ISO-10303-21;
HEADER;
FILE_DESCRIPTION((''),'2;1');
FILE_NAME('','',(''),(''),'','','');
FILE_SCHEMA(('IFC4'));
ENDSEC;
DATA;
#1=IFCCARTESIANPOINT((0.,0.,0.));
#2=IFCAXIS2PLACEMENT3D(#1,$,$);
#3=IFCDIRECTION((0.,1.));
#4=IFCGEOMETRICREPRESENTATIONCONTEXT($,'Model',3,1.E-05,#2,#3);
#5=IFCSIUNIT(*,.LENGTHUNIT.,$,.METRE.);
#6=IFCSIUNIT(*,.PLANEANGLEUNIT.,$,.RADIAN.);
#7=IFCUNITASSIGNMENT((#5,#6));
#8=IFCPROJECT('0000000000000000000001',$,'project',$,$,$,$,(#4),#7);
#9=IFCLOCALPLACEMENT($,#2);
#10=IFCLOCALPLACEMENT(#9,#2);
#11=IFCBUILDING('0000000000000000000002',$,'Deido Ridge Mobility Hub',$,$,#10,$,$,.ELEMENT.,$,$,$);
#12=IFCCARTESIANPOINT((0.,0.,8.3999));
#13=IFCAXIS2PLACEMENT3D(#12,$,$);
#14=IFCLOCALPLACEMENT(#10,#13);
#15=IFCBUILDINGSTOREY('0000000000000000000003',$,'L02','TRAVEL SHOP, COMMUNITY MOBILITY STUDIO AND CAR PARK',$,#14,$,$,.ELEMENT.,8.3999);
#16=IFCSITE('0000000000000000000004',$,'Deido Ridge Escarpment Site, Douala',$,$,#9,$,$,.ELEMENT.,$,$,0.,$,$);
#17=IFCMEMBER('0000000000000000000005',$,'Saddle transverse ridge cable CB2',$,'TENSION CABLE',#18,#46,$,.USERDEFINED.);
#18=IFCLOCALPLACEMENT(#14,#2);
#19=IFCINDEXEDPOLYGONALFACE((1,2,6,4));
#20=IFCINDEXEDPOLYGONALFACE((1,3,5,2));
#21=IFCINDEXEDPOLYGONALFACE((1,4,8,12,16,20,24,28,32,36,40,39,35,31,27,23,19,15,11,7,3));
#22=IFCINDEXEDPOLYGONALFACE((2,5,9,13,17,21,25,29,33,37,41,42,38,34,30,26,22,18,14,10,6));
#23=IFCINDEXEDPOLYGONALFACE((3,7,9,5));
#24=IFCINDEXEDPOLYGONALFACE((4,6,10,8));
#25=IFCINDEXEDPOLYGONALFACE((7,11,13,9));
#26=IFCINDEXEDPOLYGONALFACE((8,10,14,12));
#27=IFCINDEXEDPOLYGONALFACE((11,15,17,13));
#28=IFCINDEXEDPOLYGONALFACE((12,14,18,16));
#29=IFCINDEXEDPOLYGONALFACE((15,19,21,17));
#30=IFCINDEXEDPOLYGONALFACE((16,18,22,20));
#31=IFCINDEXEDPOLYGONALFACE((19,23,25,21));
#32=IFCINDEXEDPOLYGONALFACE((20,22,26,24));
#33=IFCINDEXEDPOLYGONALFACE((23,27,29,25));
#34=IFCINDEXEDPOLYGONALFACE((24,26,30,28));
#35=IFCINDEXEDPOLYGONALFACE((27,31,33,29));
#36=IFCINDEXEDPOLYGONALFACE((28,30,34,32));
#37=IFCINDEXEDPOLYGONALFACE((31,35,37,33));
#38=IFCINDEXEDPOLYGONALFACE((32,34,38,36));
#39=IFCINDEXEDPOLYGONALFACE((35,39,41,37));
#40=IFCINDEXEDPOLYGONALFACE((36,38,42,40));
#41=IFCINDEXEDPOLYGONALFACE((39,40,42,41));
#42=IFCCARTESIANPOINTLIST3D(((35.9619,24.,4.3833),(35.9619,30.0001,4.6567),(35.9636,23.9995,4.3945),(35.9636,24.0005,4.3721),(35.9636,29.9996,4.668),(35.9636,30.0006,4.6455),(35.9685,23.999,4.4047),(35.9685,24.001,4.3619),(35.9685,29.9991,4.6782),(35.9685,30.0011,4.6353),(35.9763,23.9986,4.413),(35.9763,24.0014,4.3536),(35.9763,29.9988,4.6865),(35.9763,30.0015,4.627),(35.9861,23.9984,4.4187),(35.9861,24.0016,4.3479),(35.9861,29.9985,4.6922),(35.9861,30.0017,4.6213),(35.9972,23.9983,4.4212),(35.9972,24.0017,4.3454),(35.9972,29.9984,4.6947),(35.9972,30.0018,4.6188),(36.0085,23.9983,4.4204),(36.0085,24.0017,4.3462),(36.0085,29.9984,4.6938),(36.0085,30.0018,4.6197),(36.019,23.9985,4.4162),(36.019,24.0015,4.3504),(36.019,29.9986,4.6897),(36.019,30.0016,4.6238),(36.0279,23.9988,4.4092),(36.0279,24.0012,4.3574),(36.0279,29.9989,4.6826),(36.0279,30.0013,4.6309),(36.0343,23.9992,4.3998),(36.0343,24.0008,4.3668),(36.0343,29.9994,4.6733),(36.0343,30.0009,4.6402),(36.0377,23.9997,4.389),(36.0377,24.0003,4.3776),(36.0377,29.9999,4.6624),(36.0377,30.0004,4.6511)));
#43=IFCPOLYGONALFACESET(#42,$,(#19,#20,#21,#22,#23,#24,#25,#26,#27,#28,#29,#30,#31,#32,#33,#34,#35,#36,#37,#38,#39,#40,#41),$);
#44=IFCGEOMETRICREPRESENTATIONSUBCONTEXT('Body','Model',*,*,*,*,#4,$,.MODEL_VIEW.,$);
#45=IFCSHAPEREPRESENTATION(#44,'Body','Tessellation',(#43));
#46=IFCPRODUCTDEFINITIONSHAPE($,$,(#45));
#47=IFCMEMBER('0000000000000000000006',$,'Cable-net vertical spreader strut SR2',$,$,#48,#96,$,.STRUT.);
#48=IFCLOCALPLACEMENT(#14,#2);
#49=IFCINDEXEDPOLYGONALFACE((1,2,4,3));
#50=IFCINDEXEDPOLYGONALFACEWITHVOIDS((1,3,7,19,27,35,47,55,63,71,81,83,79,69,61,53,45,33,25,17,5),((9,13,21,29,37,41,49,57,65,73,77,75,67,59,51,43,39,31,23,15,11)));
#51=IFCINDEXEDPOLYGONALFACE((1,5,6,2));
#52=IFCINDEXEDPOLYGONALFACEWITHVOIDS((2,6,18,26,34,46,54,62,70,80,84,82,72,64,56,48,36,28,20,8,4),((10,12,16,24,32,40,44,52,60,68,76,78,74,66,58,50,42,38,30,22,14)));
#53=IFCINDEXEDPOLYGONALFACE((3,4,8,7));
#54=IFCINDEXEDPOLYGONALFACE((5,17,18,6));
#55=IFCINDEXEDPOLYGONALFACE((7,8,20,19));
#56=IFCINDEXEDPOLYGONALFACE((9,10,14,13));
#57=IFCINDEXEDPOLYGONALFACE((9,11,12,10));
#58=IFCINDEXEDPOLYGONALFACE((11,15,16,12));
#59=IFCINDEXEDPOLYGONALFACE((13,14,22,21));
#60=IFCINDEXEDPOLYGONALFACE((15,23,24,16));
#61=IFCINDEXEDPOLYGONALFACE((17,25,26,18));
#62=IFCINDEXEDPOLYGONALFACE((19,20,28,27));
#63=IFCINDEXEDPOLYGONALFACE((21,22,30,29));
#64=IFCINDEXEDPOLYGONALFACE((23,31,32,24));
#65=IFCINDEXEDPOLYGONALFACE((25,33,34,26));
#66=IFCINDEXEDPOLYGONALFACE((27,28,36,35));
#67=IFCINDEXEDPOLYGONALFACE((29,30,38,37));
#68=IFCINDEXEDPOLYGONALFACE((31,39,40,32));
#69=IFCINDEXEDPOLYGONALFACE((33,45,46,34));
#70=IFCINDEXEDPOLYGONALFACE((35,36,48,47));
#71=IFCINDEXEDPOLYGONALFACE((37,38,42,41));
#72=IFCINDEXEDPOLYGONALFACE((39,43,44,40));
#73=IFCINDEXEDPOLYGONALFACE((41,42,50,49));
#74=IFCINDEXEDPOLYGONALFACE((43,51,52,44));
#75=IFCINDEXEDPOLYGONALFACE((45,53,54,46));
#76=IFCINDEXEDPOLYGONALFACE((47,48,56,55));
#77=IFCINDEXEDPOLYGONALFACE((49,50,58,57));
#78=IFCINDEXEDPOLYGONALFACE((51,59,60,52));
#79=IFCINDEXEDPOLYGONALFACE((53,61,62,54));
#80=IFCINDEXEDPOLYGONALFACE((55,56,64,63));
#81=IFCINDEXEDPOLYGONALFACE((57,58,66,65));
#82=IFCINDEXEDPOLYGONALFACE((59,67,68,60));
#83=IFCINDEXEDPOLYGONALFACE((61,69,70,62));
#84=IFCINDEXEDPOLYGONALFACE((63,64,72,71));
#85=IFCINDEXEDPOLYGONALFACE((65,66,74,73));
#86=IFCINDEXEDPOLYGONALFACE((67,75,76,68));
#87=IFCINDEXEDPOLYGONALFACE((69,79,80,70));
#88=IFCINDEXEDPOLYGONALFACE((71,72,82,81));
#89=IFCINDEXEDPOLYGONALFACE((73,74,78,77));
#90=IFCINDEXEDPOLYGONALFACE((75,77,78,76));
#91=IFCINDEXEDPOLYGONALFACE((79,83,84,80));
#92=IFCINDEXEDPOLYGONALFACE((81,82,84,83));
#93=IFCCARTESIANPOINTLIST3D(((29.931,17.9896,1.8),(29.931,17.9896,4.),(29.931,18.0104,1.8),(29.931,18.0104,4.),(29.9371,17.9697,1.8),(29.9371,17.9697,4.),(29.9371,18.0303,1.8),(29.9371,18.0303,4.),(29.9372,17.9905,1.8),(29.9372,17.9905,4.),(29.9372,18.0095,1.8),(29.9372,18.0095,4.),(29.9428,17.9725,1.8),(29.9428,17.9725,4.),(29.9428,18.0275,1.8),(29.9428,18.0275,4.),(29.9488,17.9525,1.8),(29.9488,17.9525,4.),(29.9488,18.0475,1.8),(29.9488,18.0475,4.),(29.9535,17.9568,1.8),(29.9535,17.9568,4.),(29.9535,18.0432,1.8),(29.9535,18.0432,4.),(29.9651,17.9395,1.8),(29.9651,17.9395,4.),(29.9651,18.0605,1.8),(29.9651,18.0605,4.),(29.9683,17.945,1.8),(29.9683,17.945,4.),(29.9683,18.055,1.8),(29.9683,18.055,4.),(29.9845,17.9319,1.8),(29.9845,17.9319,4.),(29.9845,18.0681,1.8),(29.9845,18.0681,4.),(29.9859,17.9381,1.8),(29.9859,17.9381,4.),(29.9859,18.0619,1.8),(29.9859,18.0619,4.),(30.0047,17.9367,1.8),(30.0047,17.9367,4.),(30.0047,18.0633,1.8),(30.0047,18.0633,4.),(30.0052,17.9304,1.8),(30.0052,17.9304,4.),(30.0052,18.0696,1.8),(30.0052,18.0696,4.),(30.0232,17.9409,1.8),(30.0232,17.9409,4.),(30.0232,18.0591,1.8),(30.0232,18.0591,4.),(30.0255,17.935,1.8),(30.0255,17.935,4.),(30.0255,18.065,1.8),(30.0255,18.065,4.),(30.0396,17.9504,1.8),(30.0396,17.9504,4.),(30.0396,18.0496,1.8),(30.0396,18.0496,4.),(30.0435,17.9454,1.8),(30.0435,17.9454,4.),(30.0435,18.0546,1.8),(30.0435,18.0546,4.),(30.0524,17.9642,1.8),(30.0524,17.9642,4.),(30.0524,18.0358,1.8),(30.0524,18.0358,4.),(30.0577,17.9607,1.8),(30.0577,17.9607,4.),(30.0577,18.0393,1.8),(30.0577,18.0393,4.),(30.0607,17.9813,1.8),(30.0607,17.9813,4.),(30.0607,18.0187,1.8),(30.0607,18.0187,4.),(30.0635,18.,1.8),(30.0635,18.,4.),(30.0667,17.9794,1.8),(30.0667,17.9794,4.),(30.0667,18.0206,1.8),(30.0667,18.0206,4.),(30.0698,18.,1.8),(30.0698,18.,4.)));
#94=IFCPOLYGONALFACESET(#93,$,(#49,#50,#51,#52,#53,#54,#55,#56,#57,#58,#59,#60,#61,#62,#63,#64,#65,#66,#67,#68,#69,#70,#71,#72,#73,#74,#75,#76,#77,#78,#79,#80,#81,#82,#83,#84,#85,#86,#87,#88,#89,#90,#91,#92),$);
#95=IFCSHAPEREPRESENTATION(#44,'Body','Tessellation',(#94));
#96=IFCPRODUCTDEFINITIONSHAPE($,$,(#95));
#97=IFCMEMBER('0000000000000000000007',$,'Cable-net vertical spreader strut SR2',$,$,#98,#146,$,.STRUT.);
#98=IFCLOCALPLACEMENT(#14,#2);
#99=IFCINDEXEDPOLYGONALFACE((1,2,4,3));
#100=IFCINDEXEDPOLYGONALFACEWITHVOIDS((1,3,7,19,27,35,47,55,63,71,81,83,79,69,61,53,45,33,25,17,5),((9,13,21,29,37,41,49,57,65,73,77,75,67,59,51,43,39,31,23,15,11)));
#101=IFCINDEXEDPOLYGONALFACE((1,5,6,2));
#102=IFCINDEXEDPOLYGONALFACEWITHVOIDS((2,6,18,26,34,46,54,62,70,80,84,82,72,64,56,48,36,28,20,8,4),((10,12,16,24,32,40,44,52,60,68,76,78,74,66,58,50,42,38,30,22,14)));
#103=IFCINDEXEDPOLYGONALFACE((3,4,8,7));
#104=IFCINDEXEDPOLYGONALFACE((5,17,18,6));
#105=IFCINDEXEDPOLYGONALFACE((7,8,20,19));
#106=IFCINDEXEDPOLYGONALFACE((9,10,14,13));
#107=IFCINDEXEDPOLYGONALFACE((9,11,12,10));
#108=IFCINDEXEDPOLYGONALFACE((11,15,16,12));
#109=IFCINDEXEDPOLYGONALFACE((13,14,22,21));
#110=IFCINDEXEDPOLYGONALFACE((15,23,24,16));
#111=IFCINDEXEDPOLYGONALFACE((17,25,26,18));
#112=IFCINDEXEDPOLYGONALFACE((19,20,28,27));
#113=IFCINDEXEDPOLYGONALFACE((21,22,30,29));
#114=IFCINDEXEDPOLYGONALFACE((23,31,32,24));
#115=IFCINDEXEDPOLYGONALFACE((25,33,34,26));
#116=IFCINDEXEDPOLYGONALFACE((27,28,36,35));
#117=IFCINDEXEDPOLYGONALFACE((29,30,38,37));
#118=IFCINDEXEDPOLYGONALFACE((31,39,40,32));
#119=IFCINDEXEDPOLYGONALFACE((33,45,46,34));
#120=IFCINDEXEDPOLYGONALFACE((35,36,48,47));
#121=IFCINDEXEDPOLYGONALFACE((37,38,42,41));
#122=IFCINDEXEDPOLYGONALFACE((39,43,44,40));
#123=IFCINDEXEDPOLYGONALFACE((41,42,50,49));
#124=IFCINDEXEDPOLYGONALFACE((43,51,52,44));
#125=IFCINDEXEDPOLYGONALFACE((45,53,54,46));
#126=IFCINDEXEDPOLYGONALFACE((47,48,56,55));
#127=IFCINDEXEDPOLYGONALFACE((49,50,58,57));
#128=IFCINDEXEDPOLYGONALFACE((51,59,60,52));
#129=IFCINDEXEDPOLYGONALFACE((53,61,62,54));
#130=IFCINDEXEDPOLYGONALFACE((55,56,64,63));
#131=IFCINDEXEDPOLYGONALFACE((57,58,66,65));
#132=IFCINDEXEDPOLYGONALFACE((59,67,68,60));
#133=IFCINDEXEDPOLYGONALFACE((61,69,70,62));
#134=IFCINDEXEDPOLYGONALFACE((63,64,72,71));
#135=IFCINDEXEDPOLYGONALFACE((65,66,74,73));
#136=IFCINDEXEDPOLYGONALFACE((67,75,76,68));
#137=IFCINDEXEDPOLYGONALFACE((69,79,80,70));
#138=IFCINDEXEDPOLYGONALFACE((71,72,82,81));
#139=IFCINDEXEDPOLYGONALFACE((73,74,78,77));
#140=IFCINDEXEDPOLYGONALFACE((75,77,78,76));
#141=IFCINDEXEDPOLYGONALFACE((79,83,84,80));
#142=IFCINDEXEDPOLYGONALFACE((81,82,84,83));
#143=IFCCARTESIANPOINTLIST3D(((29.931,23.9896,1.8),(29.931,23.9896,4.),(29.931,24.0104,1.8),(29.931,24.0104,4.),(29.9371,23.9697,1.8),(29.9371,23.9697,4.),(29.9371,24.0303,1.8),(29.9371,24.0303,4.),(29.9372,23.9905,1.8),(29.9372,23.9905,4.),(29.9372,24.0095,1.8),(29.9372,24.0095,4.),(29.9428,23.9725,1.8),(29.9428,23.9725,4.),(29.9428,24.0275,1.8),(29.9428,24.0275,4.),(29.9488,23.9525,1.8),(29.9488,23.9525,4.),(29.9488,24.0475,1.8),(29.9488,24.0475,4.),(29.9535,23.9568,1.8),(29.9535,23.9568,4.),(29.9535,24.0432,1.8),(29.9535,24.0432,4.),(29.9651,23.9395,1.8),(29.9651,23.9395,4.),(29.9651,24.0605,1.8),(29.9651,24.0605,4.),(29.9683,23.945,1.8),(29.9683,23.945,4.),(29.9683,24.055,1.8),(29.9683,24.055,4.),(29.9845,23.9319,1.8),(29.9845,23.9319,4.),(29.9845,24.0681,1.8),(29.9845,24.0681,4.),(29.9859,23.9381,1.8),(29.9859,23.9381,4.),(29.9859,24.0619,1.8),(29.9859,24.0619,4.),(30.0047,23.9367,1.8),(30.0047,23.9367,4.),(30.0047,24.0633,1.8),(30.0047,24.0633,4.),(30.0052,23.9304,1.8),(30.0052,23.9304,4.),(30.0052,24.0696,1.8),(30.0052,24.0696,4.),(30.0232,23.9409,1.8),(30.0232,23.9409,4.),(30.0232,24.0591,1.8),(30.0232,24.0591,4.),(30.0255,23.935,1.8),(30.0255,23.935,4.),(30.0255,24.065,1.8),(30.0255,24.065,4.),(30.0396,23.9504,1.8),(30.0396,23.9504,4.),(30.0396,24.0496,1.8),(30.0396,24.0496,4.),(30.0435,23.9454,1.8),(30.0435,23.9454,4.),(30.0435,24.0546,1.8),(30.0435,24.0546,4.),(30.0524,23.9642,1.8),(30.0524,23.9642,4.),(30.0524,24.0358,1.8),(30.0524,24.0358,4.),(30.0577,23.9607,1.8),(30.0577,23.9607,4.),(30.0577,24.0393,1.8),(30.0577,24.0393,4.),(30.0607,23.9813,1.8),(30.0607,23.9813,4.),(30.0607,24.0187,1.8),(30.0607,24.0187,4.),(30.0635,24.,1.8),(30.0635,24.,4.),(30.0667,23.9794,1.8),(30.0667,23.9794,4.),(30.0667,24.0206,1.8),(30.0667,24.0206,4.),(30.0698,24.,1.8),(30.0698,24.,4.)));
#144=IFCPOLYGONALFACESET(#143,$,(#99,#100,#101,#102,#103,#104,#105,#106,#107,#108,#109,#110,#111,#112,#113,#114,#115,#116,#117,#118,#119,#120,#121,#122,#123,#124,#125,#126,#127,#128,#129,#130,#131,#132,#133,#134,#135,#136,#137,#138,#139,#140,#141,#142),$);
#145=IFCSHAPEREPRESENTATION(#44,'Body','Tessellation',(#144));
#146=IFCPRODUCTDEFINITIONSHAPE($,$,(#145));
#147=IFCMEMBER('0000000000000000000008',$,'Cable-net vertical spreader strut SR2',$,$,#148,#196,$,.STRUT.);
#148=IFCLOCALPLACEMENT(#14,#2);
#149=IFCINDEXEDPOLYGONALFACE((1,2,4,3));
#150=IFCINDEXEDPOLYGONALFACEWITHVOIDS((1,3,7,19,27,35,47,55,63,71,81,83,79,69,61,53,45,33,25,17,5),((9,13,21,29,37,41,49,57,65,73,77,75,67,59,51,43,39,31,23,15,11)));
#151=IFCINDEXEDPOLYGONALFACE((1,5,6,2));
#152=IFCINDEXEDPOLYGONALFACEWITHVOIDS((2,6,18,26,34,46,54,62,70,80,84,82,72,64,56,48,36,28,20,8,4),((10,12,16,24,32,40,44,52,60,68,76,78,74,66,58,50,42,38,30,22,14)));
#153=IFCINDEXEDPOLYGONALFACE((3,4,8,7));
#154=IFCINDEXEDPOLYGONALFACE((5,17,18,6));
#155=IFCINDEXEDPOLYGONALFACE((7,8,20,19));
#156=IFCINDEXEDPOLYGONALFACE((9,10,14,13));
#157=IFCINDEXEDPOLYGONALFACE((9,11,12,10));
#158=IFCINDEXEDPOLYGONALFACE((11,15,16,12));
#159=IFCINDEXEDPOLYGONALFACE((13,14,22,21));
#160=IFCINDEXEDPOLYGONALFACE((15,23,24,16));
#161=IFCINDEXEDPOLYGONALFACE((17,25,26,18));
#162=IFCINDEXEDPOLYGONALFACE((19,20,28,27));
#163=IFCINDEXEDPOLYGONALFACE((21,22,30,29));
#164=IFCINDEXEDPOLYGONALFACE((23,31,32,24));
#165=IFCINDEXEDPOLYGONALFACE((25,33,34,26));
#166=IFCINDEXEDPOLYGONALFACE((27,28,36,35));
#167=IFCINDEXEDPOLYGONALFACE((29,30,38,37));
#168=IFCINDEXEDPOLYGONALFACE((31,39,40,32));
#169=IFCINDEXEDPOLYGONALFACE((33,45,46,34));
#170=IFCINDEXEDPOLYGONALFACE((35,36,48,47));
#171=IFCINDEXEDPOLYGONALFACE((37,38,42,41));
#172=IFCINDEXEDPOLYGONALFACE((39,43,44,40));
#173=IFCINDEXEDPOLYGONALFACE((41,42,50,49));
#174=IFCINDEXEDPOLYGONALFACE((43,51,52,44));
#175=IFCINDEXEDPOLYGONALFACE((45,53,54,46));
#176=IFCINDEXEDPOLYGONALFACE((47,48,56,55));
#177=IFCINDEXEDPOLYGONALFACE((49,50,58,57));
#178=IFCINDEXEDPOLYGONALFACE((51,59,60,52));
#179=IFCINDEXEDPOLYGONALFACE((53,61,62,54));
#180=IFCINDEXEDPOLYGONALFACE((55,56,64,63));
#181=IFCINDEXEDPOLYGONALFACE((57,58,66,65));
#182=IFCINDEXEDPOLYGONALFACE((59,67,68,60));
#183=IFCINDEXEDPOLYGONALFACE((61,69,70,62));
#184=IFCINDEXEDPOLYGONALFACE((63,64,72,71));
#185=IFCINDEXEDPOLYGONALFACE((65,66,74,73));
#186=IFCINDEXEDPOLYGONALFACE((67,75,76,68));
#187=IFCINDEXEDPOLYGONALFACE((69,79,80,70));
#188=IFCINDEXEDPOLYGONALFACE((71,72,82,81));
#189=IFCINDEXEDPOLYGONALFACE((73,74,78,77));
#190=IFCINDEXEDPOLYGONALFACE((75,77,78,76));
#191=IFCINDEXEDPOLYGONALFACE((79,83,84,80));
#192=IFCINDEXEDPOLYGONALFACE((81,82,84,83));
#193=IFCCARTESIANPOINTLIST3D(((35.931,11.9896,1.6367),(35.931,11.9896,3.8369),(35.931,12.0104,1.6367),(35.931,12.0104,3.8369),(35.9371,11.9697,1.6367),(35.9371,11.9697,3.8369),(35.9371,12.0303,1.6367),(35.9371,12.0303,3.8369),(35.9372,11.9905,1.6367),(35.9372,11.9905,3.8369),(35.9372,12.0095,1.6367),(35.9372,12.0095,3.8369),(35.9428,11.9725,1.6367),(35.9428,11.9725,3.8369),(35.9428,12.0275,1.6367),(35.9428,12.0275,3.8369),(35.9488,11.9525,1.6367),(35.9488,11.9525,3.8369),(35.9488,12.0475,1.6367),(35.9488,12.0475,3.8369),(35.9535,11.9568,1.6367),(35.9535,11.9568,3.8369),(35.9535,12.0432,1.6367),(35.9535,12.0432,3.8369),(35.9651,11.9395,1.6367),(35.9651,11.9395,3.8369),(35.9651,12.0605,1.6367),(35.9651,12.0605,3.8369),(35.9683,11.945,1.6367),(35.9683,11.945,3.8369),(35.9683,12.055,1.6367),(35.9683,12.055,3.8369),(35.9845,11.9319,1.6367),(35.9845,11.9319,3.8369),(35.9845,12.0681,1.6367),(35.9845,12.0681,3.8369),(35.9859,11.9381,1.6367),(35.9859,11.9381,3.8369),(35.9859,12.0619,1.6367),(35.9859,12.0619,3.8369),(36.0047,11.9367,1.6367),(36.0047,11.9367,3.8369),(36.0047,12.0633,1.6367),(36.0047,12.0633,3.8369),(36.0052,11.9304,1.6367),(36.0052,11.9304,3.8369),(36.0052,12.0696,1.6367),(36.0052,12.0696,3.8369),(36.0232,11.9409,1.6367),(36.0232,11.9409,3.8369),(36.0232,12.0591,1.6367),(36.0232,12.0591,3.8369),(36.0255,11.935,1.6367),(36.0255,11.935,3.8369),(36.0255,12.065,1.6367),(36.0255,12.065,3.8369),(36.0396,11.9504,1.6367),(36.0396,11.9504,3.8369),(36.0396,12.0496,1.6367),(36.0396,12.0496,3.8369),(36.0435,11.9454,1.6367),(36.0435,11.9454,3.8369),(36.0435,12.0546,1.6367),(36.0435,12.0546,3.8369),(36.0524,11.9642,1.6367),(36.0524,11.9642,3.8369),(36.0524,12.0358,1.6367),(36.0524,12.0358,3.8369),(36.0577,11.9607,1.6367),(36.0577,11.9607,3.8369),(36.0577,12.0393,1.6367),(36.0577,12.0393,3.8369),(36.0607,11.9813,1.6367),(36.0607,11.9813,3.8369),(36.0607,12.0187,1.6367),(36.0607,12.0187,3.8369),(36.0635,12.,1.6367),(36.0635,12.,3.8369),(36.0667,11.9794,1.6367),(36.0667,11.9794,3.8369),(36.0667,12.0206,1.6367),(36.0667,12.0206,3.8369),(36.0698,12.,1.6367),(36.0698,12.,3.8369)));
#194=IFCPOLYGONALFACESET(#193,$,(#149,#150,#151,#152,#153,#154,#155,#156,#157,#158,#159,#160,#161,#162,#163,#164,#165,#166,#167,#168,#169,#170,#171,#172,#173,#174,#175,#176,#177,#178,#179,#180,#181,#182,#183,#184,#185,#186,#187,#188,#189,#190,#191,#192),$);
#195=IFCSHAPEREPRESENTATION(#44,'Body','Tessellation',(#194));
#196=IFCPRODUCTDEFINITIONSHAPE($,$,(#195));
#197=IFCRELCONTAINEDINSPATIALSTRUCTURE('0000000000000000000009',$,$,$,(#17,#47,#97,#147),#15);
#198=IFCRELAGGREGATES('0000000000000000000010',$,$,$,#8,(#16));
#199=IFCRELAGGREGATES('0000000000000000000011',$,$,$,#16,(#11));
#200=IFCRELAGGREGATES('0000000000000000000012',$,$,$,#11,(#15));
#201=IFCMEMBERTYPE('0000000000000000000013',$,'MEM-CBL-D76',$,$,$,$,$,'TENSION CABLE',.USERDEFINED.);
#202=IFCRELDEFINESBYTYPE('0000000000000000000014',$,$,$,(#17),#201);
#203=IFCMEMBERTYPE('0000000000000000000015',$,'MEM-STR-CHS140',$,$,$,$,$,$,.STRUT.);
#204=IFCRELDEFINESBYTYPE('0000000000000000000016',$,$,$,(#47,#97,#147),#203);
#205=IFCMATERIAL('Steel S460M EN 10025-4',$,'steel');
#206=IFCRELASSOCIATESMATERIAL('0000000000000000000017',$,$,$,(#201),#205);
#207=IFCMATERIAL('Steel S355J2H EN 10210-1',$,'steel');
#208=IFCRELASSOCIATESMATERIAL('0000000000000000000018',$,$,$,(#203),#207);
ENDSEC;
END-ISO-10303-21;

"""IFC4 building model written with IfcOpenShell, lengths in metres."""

from ifc_helpers import new_model, si_unit, direction, frame, origin, origin_2d, place, context, subcontext, project, spatial, circle, hollow_circle, extrude, material, material_profile, profile_set, type_object, element, save


model = new_model("IFC4")

# Units and contexts
model_context = context("Model", 3, precision=1e-05, world=origin(), true_north=direction((0.0, 1.0)))
body_context = subcontext(model_context, "Body", "Model", "MODEL_VIEW")
ifc_project = project(units=[si_unit("LENGTHUNIT", "METRE"), si_unit("PLANEANGLEUNIT", "RADIAN")], contexts=[model_context])

# Site, building, storey
site_placement = place(None, origin())
site = spatial("IfcSite", under=ifc_project, at=site_placement, Name="Deido Ridge Escarpment Site, Douala", CompositionType="ELEMENT", RefElevation=0.0)
building_placement = place(site_placement, origin())
building = spatial("IfcBuilding", under=site, at=building_placement, Name="Deido Ridge Mobility Hub", CompositionType="ELEMENT")
storey_placement = place(building_placement, frame((0.0, 0.0, 8.3999)))
storey = spatial("IfcBuildingStorey", under=building, at=storey_placement, Name="L02", Description="TRAVEL SHOP, COMMUNITY MOBILITY STUDIO AND CAR PARK", CompositionType="ELEMENT", Elevation=8.3999)

# Members
ifc_material_1 = material(Name="Steel S460M EN 10025-4", Category="steel")
ifc_material_profile_1 = material_profile(ifc_material_1, circle(Radius=0.0381, at=origin_2d()), Name="CABLE D76")
ifc_profile_set_1 = profile_set([ifc_material_profile_1], Name="Steel S460M EN 10025-4")
member_type_1 = type_object("IfcMemberType", Name="MEM-CBL-D76", ElementType="TENSION CABLE", PredefinedType="USERDEFINED", material=ifc_profile_set_1)
member_1_placement = place(storey_placement, frame((36.0, 24.0, 4.3833), z_axis=(0.0, 0.998963, 0.045526), x_axis=(-1.0, 0.0, 0.0)))
element("IfcMember", 1, at=member_1_placement, inside=storey, type_object=member_type_1, Name="Saddle transverse ridge cable CB2", ObjectType="TENSION CABLE", PredefinedType="USERDEFINED", context=body_context, shape_type="SweptSolid", body=[
    extrude(circle(Radius=0.0381, at=origin_2d()), origin(), (0.0, 0.0, 1.0), 6.0063),
])
ifc_material_2 = material(Name="Steel S355J2H EN 10210-1", Category="steel")
ifc_material_profile_2 = material_profile(ifc_material_2, hollow_circle(Radius=0.0698, WallThickness=0.0063, at=origin_2d()), Name="CHS 139.7x6.3")
ifc_profile_set_2 = profile_set([ifc_material_profile_2], Name="Steel S355J2H EN 10210-1")
member_type_2 = type_object("IfcMemberType", Name="MEM-STR-CHS140", PredefinedType="STRUT", material=ifc_profile_set_2)
for number, where, z_axis, x_axis, name in (
    (2, (30.0, 18.0, 1.8), (0.0, 0.0, 1.0), (1.0, 0.0, 0.0), "Cable-net vertical spreader strut SR2"),
    (3, (30.0, 24.0, 1.8), (0.0, 0.0, 1.0), (1.0, 0.0, 0.0), "Cable-net vertical spreader strut SR2"),
):
    element("IfcMember", number, at=place(storey_placement, frame(where, z_axis=z_axis, x_axis=x_axis)), inside=storey, type_object=member_type_2, Name=name, PredefinedType="STRUT", context=body_context, shape_type="SweptSolid", body=[
        extrude(hollow_circle(Radius=0.0698, WallThickness=0.0063, at=origin_2d()), origin(), (0.0, 0.0, 1.0), 2.2),
    ])
member_2_placement = place(storey_placement, frame((36.0, 12.0, 1.6367), z_axis=(0.0, 0.0, 1.0), x_axis=(1.0, 0.0, 0.0)))
element("IfcMember", 4, at=member_2_placement, inside=storey, type_object=member_type_2, Name="Cable-net vertical spreader strut SR2", PredefinedType="STRUT", context=body_context, shape_type="SweptSolid", body=[
    extrude(hollow_circle(Radius=0.0698, WallThickness=0.0063, at=origin_2d()), origin(), (0.0, 0.0, 1.0), 2.2002),
])

save(model, "model.ifc")
